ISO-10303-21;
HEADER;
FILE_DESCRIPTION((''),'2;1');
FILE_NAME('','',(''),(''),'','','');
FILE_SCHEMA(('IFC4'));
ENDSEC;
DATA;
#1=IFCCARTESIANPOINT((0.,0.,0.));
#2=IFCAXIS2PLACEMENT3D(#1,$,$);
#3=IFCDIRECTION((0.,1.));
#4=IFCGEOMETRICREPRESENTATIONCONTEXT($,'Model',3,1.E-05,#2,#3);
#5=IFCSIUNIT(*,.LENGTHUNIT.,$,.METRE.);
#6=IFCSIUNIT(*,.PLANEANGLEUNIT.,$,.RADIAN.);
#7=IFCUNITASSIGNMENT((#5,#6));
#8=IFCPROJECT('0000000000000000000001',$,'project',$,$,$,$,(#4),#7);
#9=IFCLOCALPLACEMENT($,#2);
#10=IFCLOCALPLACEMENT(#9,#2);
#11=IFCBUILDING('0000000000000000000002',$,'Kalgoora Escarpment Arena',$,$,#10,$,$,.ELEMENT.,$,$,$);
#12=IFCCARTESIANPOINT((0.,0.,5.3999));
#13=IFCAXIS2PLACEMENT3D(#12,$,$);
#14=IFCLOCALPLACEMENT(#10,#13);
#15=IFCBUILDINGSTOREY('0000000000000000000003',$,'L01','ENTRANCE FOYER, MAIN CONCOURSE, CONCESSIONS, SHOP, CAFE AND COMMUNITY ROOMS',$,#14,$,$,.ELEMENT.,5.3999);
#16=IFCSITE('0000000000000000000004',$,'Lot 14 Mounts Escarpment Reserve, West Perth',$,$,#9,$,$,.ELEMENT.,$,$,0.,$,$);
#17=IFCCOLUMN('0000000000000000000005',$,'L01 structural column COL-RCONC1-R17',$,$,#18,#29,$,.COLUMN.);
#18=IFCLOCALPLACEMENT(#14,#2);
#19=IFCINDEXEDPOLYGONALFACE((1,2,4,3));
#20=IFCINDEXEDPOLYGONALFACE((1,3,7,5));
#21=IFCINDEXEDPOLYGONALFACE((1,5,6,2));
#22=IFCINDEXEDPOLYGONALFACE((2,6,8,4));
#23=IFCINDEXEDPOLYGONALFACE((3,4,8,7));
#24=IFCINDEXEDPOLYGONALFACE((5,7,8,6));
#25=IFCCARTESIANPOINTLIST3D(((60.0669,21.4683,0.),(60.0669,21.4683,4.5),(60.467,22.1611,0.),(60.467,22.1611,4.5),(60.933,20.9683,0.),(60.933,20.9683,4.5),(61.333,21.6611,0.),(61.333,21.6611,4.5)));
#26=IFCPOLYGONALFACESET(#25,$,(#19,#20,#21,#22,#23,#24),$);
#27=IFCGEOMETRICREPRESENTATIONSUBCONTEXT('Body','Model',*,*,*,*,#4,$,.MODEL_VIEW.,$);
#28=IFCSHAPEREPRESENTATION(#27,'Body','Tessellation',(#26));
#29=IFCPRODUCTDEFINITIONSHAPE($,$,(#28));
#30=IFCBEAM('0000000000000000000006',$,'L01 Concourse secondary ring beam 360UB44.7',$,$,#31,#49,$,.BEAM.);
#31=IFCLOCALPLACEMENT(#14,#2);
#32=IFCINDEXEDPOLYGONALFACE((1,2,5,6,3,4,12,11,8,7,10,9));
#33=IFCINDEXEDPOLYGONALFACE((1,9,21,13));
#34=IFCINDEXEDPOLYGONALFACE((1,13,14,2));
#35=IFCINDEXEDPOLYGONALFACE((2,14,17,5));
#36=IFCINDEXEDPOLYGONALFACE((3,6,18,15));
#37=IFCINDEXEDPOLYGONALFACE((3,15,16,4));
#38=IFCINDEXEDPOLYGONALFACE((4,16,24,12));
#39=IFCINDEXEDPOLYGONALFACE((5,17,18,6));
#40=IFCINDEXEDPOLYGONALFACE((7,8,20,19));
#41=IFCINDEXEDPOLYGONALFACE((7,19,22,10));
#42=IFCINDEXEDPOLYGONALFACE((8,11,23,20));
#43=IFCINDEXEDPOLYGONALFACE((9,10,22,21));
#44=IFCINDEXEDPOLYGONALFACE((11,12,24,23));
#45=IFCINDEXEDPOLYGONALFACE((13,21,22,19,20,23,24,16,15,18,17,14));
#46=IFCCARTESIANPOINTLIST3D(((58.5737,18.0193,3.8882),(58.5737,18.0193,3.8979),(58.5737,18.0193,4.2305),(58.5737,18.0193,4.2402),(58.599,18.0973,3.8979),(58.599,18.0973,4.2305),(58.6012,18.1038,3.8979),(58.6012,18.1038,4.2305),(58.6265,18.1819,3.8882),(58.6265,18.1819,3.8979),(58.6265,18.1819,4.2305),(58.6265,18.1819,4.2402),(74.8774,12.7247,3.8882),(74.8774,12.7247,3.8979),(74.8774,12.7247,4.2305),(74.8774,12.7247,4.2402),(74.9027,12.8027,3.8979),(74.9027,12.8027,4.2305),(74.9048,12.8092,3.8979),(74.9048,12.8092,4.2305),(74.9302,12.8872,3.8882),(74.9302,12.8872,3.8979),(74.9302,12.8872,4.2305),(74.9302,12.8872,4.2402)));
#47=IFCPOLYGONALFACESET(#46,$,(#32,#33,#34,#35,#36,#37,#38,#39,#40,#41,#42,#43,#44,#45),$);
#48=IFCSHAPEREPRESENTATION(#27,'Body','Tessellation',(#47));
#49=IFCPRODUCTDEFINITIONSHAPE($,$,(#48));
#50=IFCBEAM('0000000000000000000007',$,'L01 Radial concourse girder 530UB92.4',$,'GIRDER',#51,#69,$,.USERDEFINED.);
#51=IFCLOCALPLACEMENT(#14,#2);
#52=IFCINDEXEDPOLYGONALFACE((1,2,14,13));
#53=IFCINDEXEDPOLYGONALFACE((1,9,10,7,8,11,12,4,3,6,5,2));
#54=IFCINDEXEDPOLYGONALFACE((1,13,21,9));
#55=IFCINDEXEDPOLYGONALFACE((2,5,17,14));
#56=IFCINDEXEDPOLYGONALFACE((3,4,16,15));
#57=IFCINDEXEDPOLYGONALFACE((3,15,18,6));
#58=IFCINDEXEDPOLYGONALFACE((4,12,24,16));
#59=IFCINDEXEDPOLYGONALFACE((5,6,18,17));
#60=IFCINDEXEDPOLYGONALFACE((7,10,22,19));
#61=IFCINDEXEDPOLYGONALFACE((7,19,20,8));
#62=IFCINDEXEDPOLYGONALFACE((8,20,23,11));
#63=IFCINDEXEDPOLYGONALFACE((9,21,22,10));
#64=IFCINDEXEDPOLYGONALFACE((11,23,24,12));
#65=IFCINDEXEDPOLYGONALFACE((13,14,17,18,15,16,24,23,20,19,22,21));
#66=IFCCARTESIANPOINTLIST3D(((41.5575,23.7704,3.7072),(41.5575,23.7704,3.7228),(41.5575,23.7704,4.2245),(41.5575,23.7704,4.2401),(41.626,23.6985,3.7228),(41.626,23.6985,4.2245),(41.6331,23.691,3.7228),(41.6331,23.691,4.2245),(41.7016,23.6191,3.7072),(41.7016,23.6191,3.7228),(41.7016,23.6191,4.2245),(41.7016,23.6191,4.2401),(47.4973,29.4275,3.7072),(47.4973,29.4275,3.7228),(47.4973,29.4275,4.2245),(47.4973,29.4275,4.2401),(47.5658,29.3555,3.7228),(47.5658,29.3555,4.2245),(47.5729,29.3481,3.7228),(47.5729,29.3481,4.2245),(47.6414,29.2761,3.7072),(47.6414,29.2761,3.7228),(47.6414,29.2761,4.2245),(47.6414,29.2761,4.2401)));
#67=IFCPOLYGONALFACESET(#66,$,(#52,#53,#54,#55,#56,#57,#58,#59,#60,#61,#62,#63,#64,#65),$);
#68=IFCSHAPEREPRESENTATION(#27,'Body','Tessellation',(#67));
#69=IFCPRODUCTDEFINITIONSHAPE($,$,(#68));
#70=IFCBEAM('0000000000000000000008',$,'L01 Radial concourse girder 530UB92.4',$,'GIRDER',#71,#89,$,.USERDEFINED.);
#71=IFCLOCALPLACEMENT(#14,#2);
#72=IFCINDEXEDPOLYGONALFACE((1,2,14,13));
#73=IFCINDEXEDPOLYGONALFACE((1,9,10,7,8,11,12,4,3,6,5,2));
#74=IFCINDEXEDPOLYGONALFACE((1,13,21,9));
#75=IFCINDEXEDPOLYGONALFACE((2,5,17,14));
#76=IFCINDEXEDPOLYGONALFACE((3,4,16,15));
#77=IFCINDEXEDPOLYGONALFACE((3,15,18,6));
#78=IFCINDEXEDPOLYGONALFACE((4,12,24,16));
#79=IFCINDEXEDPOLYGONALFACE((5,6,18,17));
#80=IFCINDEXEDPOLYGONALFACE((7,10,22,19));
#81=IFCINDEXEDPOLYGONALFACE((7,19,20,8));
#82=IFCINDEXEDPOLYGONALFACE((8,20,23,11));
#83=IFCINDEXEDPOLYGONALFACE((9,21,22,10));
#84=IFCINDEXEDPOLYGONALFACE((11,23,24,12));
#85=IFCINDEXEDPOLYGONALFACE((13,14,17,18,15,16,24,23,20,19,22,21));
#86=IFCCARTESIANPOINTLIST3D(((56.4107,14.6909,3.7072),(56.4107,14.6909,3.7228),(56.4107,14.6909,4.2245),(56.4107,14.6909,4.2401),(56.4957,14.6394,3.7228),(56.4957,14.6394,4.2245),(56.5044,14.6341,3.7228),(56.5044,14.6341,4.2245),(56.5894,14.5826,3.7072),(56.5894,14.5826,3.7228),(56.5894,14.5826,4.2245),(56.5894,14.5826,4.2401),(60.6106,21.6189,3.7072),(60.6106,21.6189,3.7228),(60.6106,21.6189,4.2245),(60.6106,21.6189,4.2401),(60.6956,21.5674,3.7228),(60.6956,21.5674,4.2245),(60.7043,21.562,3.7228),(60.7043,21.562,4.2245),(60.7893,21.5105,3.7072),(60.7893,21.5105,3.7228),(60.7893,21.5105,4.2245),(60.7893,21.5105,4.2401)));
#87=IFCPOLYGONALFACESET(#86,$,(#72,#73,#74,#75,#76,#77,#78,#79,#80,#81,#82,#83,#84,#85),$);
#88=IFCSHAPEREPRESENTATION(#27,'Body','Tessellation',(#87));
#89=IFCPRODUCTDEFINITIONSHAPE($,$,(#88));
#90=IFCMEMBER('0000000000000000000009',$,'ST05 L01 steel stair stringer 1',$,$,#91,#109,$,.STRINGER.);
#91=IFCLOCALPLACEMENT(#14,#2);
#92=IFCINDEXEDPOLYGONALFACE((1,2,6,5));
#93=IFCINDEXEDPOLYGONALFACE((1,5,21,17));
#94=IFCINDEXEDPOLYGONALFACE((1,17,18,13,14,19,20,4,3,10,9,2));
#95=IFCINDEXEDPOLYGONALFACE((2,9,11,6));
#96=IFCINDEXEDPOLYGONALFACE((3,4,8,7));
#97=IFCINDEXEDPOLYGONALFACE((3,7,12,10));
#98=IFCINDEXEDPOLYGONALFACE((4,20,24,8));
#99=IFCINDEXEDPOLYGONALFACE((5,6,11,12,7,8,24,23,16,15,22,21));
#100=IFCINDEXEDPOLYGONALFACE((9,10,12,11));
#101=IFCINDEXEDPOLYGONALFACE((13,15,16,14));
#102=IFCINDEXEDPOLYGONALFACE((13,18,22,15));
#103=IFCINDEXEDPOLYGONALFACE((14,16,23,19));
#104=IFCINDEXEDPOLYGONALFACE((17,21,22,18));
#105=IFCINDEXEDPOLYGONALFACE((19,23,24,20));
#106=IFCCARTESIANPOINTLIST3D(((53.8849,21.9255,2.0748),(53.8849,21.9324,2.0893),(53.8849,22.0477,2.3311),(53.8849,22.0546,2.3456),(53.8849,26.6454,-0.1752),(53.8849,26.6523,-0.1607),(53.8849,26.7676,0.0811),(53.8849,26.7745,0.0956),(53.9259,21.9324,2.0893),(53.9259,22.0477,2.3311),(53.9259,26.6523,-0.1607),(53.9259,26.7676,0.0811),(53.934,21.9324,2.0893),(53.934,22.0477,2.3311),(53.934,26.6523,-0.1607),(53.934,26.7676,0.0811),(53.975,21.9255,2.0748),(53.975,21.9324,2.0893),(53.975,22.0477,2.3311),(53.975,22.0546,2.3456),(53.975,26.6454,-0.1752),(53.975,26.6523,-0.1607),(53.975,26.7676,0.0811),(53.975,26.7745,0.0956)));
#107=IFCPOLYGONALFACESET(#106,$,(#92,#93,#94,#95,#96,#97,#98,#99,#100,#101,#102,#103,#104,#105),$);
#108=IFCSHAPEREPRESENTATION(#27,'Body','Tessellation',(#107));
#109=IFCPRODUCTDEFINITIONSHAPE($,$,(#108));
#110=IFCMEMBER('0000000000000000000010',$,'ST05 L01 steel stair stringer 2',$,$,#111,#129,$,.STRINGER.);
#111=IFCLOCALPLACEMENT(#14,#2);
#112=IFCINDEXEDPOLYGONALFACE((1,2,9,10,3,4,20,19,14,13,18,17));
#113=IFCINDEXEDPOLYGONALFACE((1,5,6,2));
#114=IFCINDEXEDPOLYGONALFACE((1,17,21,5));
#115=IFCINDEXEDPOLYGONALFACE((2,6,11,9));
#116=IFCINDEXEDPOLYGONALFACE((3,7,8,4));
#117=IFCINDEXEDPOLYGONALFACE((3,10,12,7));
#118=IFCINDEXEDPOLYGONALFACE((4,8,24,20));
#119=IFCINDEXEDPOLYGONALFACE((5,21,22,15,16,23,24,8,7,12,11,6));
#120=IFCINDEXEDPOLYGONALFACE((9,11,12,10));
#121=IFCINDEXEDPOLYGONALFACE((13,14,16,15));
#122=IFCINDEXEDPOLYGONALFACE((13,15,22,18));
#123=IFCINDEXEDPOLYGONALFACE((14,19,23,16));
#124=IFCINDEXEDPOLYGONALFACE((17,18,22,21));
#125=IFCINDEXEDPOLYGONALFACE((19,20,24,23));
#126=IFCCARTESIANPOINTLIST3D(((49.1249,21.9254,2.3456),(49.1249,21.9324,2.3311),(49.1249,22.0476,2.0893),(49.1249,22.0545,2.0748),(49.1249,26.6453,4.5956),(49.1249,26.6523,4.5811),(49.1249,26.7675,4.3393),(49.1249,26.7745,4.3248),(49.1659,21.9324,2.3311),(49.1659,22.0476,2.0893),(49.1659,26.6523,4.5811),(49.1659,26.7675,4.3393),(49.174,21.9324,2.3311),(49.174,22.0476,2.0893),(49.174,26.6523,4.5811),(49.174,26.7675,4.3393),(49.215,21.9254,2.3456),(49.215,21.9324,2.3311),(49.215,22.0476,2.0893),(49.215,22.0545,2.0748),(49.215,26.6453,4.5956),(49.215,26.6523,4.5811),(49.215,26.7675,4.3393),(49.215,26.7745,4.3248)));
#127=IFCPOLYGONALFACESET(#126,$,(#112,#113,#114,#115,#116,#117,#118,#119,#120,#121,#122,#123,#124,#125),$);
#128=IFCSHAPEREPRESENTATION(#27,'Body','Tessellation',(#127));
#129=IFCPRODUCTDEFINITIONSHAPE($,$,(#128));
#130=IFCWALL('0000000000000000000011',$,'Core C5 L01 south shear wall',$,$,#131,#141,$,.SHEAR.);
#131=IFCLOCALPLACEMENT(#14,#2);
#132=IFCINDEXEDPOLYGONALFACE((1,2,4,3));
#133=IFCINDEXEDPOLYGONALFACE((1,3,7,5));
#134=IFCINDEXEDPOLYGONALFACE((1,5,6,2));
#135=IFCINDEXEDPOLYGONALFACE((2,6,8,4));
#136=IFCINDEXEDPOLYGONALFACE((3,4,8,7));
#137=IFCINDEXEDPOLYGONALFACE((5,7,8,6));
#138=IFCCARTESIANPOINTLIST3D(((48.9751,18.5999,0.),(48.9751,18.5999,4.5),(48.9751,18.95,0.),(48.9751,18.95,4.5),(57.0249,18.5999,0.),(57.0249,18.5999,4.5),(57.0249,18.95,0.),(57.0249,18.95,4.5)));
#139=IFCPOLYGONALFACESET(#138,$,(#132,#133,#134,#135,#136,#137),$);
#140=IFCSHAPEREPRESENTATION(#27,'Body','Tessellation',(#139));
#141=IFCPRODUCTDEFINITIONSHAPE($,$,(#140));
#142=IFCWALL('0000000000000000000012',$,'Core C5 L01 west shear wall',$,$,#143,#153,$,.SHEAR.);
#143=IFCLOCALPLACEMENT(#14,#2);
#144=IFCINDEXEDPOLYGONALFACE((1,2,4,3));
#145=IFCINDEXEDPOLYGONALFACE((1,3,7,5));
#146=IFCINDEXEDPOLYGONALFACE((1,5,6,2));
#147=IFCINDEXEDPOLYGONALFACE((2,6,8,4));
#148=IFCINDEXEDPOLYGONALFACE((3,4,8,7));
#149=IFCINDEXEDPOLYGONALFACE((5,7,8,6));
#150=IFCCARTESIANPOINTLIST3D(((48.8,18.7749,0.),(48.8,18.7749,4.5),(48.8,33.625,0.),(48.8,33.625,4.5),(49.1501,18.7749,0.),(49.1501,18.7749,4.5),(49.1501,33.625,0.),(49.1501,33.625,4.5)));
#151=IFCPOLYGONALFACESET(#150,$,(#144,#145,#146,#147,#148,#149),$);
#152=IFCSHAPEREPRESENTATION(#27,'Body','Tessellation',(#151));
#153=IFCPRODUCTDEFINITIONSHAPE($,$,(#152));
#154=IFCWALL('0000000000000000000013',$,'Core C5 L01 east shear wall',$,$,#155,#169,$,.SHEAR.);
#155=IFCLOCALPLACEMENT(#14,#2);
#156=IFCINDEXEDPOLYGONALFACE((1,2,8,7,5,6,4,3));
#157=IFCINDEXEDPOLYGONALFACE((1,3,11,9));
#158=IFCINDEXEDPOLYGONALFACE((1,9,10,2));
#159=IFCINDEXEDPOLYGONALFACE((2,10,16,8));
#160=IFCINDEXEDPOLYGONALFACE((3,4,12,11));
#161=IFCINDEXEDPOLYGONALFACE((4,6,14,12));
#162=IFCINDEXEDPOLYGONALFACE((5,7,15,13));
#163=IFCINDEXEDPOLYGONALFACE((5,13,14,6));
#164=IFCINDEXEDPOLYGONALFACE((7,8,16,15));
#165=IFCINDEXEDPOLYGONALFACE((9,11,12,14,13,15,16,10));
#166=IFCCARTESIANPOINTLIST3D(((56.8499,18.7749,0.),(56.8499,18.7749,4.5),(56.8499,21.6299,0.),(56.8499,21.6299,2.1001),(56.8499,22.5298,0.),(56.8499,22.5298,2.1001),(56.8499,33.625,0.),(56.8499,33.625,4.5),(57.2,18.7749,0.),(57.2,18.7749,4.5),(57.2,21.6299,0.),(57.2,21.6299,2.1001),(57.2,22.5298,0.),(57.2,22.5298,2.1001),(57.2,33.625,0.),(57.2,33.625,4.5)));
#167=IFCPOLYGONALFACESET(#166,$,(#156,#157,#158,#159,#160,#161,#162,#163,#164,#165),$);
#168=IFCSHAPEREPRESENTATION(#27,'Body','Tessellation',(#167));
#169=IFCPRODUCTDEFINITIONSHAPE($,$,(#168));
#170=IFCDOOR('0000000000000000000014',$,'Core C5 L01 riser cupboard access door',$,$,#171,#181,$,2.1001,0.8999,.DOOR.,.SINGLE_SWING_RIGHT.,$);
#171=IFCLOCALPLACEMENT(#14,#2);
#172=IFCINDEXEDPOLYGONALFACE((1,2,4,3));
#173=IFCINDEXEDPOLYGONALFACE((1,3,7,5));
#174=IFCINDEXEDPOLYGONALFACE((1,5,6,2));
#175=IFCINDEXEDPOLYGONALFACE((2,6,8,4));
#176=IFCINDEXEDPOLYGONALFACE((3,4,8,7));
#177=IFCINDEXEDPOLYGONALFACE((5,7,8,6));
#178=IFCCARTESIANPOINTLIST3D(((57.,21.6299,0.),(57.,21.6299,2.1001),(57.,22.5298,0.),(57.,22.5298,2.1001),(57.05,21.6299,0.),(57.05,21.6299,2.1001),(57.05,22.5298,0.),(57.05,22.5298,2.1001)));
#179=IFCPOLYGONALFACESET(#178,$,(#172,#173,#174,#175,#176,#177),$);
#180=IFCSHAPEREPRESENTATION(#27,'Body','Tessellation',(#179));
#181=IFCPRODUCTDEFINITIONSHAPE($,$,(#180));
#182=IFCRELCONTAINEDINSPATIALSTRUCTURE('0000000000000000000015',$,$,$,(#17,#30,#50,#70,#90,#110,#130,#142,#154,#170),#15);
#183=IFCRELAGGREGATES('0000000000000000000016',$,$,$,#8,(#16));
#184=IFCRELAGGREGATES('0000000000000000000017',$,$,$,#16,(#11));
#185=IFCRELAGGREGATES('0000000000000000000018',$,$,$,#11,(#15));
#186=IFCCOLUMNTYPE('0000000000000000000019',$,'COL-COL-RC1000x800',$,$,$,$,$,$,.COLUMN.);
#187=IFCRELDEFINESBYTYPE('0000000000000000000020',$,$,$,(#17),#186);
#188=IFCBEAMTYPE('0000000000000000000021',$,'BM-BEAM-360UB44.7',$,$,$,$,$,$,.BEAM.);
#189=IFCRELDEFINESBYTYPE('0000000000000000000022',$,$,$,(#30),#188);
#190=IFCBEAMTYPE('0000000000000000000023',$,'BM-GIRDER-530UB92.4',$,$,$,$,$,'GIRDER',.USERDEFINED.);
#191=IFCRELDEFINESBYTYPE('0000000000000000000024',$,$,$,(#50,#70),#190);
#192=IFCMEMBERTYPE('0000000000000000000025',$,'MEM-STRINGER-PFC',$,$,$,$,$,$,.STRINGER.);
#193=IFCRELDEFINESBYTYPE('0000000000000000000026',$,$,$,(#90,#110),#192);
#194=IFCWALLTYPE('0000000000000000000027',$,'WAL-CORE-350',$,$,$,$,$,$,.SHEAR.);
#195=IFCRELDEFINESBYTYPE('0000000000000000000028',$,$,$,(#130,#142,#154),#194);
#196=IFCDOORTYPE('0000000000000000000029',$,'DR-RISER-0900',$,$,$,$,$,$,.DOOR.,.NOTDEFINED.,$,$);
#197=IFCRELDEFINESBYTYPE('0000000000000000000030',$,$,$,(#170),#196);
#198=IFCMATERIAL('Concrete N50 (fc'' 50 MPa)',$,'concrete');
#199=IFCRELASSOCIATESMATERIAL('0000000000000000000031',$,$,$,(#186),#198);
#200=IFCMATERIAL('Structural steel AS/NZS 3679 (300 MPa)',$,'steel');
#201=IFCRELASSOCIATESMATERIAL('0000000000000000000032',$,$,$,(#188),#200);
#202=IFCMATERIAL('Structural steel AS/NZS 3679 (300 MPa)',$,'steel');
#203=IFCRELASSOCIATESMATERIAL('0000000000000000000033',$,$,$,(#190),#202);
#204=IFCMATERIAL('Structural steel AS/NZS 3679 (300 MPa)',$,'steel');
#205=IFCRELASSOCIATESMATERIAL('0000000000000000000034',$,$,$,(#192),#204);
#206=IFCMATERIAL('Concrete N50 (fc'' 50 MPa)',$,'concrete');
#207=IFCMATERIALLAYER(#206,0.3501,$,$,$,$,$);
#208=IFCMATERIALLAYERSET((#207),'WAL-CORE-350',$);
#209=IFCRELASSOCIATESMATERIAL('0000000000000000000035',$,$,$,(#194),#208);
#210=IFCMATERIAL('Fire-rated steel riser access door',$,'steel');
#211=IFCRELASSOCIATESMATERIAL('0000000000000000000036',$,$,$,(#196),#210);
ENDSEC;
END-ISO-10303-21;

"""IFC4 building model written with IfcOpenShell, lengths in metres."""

from ifc_helpers import new_model, si_unit, direction, frame, frame_2d, origin, origin_2d, place, context, subcontext, project, spatial, rectangle, i_section, extrude, material, layer, layer_set, material_profile, profile_set, type_object, element, fill, save


model = new_model("IFC4")

# Units and contexts
model_context = context("Model", 3, precision=1e-05, world=origin(), true_north=direction((0.0, 1.0)))
body_context = subcontext(model_context, "Body", "Model", "MODEL_VIEW")
ifc_project = project(units=[si_unit("LENGTHUNIT", "METRE"), si_unit("PLANEANGLEUNIT", "RADIAN")], contexts=[model_context])

# Site, building, storey
site_placement = place(None, origin())
site = spatial("IfcSite", under=ifc_project, at=site_placement, Name="Lot 14 Mounts Escarpment Reserve, West Perth", CompositionType="ELEMENT", RefElevation=0.0)
building_placement = place(site_placement, origin())
building = spatial("IfcBuilding", under=site, at=building_placement, Name="Kalgoora Escarpment Arena", CompositionType="ELEMENT")
storey_placement = place(building_placement, frame((0.0, 0.0, 5.3999)))
storey = spatial("IfcBuildingStorey", under=building, at=storey_placement, Name="L01", Description="ENTRANCE FOYER, MAIN CONCOURSE, CONCESSIONS, SHOP, CAFE AND COMMUNITY ROOMS", CompositionType="ELEMENT", Elevation=5.3999)

# Column
ifc_material_1 = material(Name="Concrete N50 (fc' 50 MPa)", Category="concrete")
ifc_material_profile_1 = material_profile(ifc_material_1, rectangle(XDim=0.8, YDim=1.0, at=origin_2d()))
ifc_profile_set_1 = profile_set([ifc_material_profile_1], Name="Concrete N50 (fc' 50 MPa)")
column_type = type_object("IfcColumnType", Name="COL-COL-RC1000x800", PredefinedType="COLUMN", material=ifc_profile_set_1)
column_placement = place(storey_placement, frame((60.7, 21.5647, 0.0), z_axis=(0.0, 0.0, 1.0), x_axis=(-0.5, -0.866025, 0.0)))
element("IfcColumn", 1, at=column_placement, inside=storey, type_object=column_type, Name="L01 structural column COL-RCONC1-R17", PredefinedType="COLUMN", context=body_context, shape_type="SweptSolid", body=[
    extrude(rectangle(XDim=0.8, YDim=1.0, at=origin_2d()), origin(), (0.0, 0.0, 1.0), 4.5),
])

# Beams
ifc_material_2 = material(Name="Structural steel AS/NZS 3679 (300 MPa)", Category="steel")
ifc_material_profile_2 = material_profile(ifc_material_2, i_section(OverallWidth=0.1709, OverallDepth=0.3521, WebThickness=0.0068, FlangeThickness=0.0098, at=origin_2d()))
ifc_profile_set_2 = profile_set([ifc_material_profile_2], Name="Structural steel AS/NZS 3679 (300 MPa)")
beam_type_1 = type_object("IfcBeamType", Name="BM-BEAM-360UB44.7", PredefinedType="BEAM", material=ifc_profile_set_2)
beam_1_placement = place(storey_placement, frame((58.6001, 18.1006, 4.0642), z_axis=(0.951103, -0.308874, 0.0), x_axis=(0.308874, 0.951103, 0.0)))
element("IfcBeam", 2, at=beam_1_placement, inside=storey, type_object=beam_type_1, Name="L01 Concourse secondary ring beam 360UB44.7", PredefinedType="BEAM", context=body_context, shape_type="SweptSolid", body=[
    extrude(i_section(OverallWidth=0.1709, OverallDepth=0.3521, WebThickness=0.0068, FlangeThickness=0.0098, at=origin_2d()), origin(), (0.0, 0.0, 1.0), 17.1418),
])
ifc_material_3 = material(Name="Structural steel AS/NZS 3679 (300 MPa)", Category="steel")
ifc_material_profile_3 = material_profile(ifc_material_3, i_section(OverallWidth=0.209, OverallDepth=0.533, WebThickness=0.0103, FlangeThickness=0.0156, at=origin_2d()))
ifc_profile_set_3 = profile_set([ifc_material_profile_3], Name="Structural steel AS/NZS 3679 (300 MPa)")
beam_type_2 = type_object("IfcBeamType", Name="BM-GIRDER-530UB92.4", ElementType="GIRDER", PredefinedType="USERDEFINED", material=ifc_profile_set_3)
beam_2_placement = place(storey_placement, frame((47.5693, 29.3518, 3.9736), z_axis=(-0.72413, -0.689663, 0.0), x_axis=(0.689663, -0.72413, 0.0)))
element("IfcBeam", 3, at=beam_2_placement, inside=storey, type_object=beam_type_2, Name="L01 Radial concourse girder 530UB92.4", ObjectType="GIRDER", PredefinedType="USERDEFINED", context=body_context, shape_type="SweptSolid", body=[
    extrude(i_section(OverallWidth=0.209, OverallDepth=0.533, WebThickness=0.0103, FlangeThickness=0.0156, at=origin_2d()), origin(), (0.0, 0.0, 1.0), 8.2026),
])
beam_3_placement = place(storey_placement, frame((60.7, 21.5647, 3.9736), z_axis=(-0.518408, -0.855133, 0.0), x_axis=(0.855133, -0.518408, 0.0)))
element("IfcBeam", 4, at=beam_3_placement, inside=storey, type_object=beam_type_2, Name="L01 Radial concourse girder 530UB92.4", ObjectType="GIRDER", PredefinedType="USERDEFINED", context=body_context, shape_type="SweptSolid", body=[
    extrude(i_section(OverallWidth=0.209, OverallDepth=0.533, WebThickness=0.0103, FlangeThickness=0.0156, at=origin_2d()), origin(), (0.0, 0.0, 1.0), 8.1016),
])

# Members
ifc_material_4 = material(Name="Structural steel AS/NZS 3679 (300 MPa)", Category="steel")
ifc_material_profile_4 = material_profile(ifc_material_4, i_section(OverallWidth=0.0901, OverallDepth=0.3, WebThickness=0.0081, FlangeThickness=0.0161, at=origin_2d()))
ifc_profile_set_4 = profile_set([ifc_material_profile_4], Name="Structural steel AS/NZS 3679 (300 MPa)")
member_type = type_object("IfcMemberType", Name="MEM-STRINGER-PFC", PredefinedType="STRINGER", material=ifc_profile_set_4)
for number, where, z_axis, x_axis, name in (
    (5, (53.9299, 26.71, -0.0398), (0.0, -0.902683, 0.430307), (1.0, 0.0, 0.0), "ST05 L01 steel stair stringer 1"),
    (6, (49.1699, 21.99, 2.2102), (0.0, 0.902683, 0.430307), (-1.0, 0.0, 0.0), "ST05 L01 steel stair stringer 2"),
):
    element("IfcMember", number, at=place(storey_placement, frame(where, z_axis=z_axis, x_axis=x_axis)), inside=storey, type_object=member_type, Name=name, PredefinedType="STRINGER", context=body_context, shape_type="SweptSolid", body=[
        extrude(i_section(OverallWidth=0.0901, OverallDepth=0.3, WebThickness=0.0081, FlangeThickness=0.0161, at=origin_2d()), origin(), (0.0, 0.0, 1.0), 5.2288),
    ])

# Walls
ifc_material_5 = material(Name="Concrete N50 (fc' 50 MPa)", Category="concrete")
ifc_layer_1 = layer(ifc_material_5, 0.3501)
ifc_layer_set_1 = layer_set([ifc_layer_1], Name="WAL-CORE-350")
wall_type_1 = type_object("IfcWallType", Name="WAL-CORE-350", PredefinedType="SHEAR", material=ifc_layer_set_1)
wall_1_placement = place(storey_placement, frame((48.9751, 18.7749, 0.0), z_axis=(0.0, 0.0, 1.0), x_axis=(1.0, 0.0, 0.0)))
element("IfcWall", 7, at=wall_1_placement, inside=storey, type_object=wall_type_1, Name="Core C5 L01 south shear wall", PredefinedType="SHEAR", context=body_context, shape_type="SweptSolid", body=[
    extrude(rectangle(XDim=8.0498, YDim=0.3501, at=frame_2d((4.0249, 0.0))), origin(), (0.0, 0.0, 1.0), 4.5),
])
wall_2_placement = place(storey_placement, frame((48.9751, 18.7749, 0.0), z_axis=(0.0, 0.0, 1.0), x_axis=(0.0, 1.0, 0.0)))
element("IfcWall", 8, at=wall_2_placement, inside=storey, type_object=wall_type_1, Name="Core C5 L01 west shear wall", PredefinedType="SHEAR", context=body_context, shape_type="SweptSolid", body=[
    extrude(rectangle(XDim=14.8501, YDim=0.3501, at=frame_2d((7.425, 0.0))), origin(), (0.0, 0.0, 1.0), 4.5),
])

# Wall, opening, door
wall_3_placement = place(storey_placement, frame((57.0249, 18.7749, 0.0), z_axis=(0.0, 0.0, 1.0), x_axis=(0.0, 1.0, 0.0)))
wall_3 = element("IfcWall", 9, at=wall_3_placement, inside=storey, type_object=wall_type_1, Name="Core C5 L01 east shear wall", PredefinedType="SHEAR", context=body_context, shape_type="SweptSolid", body=[
    extrude(rectangle(XDim=14.8501, YDim=0.3501, at=frame_2d((7.425, 0.0))), origin(), (0.0, 0.0, 1.0), 4.5),
])
opening_1_placement = place(wall_3_placement, frame((2.855, 0.0, 0.0)))
opening_1 = element("IfcOpeningElement", 10, at=opening_1_placement, cuts=wall_3, PredefinedType="OPENING", context=body_context, shape_type="SweptSolid", body=[
    extrude(rectangle(XDim=0.8999, YDim=2.1001, at=frame_2d((0.45, 1.05))), frame((0.0, 0.1851, 0.0), z_axis=(0.0, -1.0, 0.0), x_axis=(1.0, 0.0, 0.0)), (0.0, 0.0, 1.0), 0.3701),
])
ifc_material_6 = material(Name="Fire-rated steel riser access door", Category="steel")
door_type_1 = type_object("IfcDoorType", Name="DR-RISER-0900", OperationType="NOTDEFINED", PredefinedType="DOOR", material=ifc_material_6)
door_1_placement = place(opening_1_placement, origin())
door_1 = element("IfcDoor", 11, at=door_1_placement, inside=storey, type_object=door_type_1, Name="Core C5 L01 riser cupboard access door", OperationType="SINGLE_SWING_RIGHT", OverallHeight=2.1001, OverallWidth=0.8999, PredefinedType="DOOR", context=body_context, shape_type="SweptSolid", body=[
    extrude(rectangle(XDim=0.8999, YDim=2.1001, at=frame_2d((0.45, 1.05))), frame((0.0, 0.0249, 0.0), z_axis=(0.0, -1.0, 0.0), x_axis=(1.0, 0.0, 0.0)), (0.0, 0.0, 1.0), 0.05),
])
fill(opening_1, door_1)

save(model, "model.ifc")
